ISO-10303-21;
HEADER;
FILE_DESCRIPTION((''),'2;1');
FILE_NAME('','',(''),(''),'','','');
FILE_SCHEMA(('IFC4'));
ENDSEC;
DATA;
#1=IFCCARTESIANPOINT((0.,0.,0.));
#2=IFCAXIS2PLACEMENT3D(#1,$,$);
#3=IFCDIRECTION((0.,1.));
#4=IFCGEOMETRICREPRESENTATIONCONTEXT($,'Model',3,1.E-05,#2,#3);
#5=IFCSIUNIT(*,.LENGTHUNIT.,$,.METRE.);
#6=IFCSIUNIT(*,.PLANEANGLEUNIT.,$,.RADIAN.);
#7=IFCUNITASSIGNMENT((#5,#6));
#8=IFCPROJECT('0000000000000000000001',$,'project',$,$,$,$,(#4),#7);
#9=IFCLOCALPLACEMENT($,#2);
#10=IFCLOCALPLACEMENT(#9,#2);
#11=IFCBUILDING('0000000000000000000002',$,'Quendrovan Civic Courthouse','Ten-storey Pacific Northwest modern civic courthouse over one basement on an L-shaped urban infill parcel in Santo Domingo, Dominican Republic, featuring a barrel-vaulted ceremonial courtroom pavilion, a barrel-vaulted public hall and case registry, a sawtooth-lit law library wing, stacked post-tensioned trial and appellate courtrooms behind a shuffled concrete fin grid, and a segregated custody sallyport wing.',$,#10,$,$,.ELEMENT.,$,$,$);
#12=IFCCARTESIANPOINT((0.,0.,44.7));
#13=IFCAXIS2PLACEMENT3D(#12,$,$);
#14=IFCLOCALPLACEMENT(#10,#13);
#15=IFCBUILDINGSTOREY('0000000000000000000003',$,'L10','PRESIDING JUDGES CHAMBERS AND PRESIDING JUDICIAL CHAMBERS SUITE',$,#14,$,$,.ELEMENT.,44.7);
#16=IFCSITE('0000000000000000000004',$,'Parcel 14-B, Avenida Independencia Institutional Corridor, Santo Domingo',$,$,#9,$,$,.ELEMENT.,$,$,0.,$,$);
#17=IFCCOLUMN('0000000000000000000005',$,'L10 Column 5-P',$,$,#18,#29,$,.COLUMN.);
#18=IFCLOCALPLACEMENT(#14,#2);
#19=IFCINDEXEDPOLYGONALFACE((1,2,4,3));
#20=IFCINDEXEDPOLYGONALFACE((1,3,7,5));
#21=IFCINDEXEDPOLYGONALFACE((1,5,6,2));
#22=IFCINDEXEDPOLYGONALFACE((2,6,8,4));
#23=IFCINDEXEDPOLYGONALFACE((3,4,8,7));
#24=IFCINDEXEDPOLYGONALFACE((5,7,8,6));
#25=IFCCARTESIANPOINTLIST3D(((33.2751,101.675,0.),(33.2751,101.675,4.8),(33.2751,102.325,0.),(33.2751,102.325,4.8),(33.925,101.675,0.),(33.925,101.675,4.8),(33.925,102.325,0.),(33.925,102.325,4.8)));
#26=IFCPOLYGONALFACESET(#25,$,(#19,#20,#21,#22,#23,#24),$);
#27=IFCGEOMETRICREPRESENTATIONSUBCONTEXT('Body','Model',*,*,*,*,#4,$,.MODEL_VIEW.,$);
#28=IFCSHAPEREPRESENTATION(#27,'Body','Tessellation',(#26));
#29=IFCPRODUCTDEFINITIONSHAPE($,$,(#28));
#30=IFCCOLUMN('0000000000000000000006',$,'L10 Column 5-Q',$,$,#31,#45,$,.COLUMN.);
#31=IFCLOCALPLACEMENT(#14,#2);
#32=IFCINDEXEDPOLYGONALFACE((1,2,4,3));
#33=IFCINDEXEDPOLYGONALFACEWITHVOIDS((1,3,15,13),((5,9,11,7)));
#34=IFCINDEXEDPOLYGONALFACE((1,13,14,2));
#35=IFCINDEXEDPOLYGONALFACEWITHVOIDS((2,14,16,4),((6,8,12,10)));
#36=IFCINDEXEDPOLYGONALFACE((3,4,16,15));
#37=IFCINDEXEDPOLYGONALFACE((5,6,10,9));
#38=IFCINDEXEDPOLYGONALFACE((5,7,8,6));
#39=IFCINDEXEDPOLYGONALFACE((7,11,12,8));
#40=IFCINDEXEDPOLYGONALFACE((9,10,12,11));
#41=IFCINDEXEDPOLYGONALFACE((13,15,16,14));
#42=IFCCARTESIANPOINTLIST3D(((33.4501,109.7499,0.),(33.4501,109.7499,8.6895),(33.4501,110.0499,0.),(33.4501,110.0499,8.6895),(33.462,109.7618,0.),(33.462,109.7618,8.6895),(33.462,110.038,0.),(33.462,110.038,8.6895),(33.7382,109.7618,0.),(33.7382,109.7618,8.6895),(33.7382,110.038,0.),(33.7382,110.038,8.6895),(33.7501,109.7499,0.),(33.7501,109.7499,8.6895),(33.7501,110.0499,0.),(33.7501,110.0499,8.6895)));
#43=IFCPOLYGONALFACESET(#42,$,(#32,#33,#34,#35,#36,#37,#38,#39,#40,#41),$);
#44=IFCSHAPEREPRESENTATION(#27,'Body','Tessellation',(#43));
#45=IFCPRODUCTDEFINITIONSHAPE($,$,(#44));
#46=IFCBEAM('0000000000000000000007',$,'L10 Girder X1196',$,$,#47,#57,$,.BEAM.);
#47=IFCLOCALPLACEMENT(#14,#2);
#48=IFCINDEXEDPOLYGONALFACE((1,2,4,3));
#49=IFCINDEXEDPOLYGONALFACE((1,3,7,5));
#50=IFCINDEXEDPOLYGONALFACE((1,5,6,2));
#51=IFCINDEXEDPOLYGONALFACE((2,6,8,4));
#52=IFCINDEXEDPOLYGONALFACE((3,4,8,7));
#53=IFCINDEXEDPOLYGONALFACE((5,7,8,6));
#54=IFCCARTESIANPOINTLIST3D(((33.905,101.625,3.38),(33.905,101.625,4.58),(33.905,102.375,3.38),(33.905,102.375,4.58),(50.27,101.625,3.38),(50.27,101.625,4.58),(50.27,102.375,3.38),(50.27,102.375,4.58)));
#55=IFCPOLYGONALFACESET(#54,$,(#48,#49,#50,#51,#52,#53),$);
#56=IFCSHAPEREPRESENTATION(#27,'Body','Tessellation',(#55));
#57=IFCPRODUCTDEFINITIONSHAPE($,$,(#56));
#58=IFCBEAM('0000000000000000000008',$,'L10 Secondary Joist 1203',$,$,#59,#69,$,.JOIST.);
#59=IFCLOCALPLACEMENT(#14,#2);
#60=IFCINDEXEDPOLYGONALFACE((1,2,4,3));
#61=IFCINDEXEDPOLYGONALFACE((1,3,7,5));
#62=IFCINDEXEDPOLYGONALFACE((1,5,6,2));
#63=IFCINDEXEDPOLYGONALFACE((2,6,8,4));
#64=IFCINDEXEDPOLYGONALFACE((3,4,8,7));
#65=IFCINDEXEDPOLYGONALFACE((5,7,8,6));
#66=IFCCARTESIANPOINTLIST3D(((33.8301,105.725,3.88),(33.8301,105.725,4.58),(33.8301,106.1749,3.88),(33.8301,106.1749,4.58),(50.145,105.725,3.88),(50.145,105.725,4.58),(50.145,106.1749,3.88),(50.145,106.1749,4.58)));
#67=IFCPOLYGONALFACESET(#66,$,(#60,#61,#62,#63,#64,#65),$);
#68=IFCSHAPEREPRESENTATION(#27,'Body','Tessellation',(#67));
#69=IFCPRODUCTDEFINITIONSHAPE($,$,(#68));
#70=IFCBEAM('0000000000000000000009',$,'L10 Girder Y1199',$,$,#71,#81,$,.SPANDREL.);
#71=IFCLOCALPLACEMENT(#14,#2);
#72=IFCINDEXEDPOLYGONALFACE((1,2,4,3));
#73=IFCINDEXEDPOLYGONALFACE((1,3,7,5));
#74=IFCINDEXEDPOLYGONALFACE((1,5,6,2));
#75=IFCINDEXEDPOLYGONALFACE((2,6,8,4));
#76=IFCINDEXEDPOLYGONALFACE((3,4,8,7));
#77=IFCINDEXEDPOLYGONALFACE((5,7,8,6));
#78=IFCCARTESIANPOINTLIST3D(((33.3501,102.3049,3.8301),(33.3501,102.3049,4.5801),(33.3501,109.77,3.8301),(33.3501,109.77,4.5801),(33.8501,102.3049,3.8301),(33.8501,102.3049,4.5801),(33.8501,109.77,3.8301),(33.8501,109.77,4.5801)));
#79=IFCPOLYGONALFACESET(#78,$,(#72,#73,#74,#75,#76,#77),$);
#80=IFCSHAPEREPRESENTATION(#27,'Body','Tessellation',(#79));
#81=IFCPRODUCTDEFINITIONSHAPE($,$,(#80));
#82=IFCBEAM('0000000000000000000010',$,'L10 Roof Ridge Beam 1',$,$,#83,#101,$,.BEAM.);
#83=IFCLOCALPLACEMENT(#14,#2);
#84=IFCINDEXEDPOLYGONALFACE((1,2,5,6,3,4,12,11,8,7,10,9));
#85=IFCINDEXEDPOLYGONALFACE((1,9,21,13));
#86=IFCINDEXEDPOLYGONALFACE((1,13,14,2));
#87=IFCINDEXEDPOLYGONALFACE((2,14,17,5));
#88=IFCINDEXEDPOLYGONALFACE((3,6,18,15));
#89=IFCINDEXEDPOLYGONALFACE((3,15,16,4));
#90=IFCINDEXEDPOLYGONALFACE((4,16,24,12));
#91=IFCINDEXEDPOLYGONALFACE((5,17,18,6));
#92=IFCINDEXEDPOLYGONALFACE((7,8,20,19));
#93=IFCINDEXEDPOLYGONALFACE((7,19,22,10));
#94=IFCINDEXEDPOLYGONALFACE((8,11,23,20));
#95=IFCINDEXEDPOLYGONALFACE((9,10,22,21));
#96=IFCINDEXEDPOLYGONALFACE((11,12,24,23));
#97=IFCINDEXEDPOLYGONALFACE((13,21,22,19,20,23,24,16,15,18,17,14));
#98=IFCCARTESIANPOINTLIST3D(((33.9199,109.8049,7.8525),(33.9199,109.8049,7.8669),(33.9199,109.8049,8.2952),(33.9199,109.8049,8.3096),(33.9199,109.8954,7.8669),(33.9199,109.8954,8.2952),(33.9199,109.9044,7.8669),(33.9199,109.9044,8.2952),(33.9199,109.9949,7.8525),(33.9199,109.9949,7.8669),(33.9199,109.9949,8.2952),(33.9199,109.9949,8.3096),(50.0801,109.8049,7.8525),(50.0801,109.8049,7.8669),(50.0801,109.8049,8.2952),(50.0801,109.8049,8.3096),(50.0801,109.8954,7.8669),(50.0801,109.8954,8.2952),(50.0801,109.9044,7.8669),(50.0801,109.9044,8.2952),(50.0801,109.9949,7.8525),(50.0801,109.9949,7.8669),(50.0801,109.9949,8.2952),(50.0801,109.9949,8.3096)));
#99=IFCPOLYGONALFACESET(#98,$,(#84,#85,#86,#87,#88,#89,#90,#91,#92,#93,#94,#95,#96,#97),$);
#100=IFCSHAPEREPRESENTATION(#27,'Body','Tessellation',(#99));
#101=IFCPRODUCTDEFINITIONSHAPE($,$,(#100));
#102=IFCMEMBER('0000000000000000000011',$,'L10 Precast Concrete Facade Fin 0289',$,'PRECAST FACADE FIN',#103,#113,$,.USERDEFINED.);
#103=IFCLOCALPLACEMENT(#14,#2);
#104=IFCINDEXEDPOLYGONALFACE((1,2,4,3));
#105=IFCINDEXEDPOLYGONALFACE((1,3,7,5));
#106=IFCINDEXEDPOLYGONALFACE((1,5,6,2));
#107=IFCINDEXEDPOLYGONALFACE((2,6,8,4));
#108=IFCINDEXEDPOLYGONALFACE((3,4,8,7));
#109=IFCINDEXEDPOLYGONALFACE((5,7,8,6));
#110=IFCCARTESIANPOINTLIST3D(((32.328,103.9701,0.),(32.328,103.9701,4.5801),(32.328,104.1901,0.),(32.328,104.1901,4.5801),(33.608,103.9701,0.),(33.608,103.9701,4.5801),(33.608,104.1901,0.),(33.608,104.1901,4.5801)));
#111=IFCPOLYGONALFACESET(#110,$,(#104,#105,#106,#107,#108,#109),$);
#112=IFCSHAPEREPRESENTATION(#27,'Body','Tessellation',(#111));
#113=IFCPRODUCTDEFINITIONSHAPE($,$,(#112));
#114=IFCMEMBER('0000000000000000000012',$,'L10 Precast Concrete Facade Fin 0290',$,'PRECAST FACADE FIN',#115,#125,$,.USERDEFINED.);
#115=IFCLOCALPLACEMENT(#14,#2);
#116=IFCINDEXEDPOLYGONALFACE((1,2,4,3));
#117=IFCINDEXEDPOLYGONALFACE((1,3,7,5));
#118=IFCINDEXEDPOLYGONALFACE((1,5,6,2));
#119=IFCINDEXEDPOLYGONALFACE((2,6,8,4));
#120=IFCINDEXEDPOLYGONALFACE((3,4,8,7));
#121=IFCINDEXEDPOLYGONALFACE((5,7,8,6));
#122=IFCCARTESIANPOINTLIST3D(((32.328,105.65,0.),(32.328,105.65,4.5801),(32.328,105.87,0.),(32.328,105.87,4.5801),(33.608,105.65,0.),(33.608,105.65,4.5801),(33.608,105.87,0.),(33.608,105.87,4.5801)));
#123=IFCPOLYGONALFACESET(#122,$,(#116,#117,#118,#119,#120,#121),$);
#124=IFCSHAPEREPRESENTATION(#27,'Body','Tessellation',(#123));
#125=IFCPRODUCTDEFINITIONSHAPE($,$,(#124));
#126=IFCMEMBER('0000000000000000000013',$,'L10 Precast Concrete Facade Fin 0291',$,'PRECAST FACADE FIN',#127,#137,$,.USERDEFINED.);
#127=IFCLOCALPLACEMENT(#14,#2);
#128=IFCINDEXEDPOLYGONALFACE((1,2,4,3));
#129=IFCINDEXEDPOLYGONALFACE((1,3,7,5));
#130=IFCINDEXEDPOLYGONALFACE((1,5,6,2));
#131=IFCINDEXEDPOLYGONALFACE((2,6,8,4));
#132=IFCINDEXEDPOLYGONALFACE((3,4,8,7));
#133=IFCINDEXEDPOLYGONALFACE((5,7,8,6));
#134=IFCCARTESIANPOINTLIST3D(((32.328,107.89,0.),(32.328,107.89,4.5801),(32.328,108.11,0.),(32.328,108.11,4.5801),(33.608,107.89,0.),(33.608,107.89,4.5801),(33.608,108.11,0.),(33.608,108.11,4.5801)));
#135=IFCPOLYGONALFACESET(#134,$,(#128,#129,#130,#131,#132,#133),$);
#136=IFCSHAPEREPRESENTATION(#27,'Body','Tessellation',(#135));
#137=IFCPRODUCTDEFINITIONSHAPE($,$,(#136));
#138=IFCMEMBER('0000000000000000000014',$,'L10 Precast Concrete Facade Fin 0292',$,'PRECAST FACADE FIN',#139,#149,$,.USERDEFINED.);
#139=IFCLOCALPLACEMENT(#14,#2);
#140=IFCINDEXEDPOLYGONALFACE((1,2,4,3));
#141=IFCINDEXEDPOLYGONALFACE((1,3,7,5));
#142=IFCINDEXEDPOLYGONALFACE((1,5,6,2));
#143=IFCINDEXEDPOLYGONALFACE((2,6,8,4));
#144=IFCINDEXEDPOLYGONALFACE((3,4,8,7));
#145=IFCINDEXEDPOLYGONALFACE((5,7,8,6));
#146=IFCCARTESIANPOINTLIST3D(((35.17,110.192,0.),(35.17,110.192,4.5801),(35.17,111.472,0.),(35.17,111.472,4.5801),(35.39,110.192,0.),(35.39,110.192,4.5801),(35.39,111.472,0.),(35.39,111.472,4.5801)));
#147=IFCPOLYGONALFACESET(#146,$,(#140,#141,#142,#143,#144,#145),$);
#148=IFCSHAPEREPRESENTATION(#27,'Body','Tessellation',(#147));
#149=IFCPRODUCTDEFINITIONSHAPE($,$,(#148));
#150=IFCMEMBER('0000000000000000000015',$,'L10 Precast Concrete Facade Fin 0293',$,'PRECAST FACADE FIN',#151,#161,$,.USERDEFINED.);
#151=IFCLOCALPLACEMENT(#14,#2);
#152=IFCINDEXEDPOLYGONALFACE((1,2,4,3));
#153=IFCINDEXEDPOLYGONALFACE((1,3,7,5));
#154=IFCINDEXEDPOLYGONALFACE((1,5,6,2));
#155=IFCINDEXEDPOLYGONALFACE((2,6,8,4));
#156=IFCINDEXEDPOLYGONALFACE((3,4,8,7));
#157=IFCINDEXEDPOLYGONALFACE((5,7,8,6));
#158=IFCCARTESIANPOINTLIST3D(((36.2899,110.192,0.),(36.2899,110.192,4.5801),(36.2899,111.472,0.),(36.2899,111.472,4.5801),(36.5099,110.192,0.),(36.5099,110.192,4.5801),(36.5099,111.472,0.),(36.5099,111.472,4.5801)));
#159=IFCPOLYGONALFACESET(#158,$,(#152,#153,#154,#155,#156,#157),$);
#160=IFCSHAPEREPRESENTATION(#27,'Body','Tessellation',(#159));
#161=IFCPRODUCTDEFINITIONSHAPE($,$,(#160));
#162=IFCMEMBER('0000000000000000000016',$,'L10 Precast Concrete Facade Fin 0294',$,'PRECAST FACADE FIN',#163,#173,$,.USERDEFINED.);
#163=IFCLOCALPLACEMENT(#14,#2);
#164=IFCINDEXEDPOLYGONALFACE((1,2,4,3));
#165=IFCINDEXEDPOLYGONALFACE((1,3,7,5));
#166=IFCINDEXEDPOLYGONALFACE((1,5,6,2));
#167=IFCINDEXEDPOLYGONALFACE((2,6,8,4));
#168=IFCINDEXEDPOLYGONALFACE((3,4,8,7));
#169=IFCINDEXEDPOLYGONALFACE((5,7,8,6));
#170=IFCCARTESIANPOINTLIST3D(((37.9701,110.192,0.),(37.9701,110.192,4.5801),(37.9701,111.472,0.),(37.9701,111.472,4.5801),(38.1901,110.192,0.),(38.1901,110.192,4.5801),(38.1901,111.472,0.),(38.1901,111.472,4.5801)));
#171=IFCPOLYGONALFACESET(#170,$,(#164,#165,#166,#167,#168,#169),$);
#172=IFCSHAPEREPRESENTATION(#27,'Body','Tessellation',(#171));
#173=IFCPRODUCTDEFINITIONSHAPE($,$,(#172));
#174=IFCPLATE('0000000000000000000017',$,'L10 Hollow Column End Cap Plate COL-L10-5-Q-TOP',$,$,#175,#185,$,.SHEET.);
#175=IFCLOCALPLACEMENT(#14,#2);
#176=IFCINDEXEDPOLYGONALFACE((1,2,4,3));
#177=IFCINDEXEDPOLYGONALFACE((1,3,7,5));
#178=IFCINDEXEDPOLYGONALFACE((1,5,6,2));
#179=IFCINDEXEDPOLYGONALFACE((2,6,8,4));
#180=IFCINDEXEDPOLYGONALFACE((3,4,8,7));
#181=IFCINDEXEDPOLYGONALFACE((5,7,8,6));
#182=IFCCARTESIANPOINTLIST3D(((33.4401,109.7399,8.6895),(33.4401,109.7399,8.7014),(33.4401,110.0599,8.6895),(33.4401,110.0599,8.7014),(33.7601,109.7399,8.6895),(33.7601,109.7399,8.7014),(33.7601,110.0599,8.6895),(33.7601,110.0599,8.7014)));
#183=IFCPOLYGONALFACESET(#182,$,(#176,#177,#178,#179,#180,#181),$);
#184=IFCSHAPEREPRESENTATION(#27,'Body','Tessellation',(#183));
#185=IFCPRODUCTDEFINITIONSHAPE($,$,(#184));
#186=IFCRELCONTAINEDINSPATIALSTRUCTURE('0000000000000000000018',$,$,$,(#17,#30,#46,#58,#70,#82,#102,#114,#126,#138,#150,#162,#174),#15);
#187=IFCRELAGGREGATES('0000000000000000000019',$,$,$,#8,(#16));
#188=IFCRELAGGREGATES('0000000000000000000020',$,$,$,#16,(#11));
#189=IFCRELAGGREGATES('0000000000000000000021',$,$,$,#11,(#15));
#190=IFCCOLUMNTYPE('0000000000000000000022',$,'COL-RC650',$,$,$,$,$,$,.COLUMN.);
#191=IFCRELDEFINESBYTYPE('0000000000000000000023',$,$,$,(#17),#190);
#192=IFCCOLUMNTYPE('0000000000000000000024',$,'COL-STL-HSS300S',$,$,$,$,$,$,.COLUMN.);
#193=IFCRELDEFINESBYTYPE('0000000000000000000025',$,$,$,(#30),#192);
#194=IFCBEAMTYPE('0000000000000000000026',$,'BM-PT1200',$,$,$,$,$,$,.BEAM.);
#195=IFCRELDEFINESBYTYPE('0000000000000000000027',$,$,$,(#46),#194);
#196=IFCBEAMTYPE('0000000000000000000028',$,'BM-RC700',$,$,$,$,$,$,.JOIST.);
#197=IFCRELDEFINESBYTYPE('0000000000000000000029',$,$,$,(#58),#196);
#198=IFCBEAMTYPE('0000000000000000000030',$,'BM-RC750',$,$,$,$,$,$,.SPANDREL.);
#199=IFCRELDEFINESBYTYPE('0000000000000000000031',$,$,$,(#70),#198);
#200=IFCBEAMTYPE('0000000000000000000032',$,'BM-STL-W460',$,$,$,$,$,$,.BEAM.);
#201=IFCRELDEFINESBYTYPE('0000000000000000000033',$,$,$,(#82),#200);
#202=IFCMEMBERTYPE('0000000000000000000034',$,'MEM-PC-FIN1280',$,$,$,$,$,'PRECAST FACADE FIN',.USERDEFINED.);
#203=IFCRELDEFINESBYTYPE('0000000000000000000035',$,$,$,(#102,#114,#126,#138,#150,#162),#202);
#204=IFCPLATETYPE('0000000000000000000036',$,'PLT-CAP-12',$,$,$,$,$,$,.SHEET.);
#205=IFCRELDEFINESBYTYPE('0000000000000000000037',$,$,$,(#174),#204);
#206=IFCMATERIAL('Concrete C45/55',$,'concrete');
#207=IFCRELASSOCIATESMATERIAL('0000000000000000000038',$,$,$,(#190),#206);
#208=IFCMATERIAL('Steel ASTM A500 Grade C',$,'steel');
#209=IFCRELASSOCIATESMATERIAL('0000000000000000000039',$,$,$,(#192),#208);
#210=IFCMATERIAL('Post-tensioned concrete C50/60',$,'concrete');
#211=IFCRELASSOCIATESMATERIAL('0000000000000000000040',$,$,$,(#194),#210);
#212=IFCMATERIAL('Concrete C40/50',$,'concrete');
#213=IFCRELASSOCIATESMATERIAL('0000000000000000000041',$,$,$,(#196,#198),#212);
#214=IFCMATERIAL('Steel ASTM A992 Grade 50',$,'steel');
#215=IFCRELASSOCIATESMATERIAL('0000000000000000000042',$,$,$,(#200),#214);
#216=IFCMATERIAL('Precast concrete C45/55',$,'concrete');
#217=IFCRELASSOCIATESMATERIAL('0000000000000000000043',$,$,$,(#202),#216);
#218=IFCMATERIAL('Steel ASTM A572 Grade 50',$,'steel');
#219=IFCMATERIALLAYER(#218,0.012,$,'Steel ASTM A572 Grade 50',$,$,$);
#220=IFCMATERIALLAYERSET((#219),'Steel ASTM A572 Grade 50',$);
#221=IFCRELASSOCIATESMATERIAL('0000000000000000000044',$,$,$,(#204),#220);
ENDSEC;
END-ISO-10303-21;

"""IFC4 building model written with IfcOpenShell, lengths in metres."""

from ifc_helpers import new_model, si_unit, direction, frame, origin, origin_2d, place, context, subcontext, project, spatial, rectangle, hollow_rectangle, i_section, extrude, material, layer, layer_set, material_profile, profile_set, type_object, element, save


model = new_model("IFC4")

# Units and contexts
model_context = context("Model", 3, precision=1e-05, world=origin(), true_north=direction((0.0, 1.0)))
body_context = subcontext(model_context, "Body", "Model", "MODEL_VIEW")
ifc_project = project(units=[si_unit("LENGTHUNIT", "METRE"), si_unit("PLANEANGLEUNIT", "RADIAN")], contexts=[model_context])

# Site, building, storey
site_placement = place(None, origin())
site = spatial("IfcSite", under=ifc_project, at=site_placement, Name="Parcel 14-B, Avenida Independencia Institutional Corridor, Santo Domingo", CompositionType="ELEMENT", RefElevation=0.0)
building_placement = place(site_placement, origin())
building = spatial("IfcBuilding", under=site, at=building_placement, Name="Quendrovan Civic Courthouse", Description="Ten-storey Pacific Northwest modern civic courthouse over one basement on an L-shaped urban infill parcel in Santo Domingo, Dominican Republic, featuring a barrel-vaulted ceremonial courtroom pavilion, a barrel-vaulted public hall and case registry, a sawtooth-lit law library wing, stacked post-tensioned trial and appellate courtrooms behind a shuffled concrete fin grid, and a segregated custody sallyport wing.", CompositionType="ELEMENT")
storey_placement = place(building_placement, frame((0.0, 0.0, 44.7)))
storey = spatial("IfcBuildingStorey", under=building, at=storey_placement, Name="L10", Description="PRESIDING JUDGES CHAMBERS AND PRESIDING JUDICIAL CHAMBERS SUITE", CompositionType="ELEMENT", Elevation=44.7)

# Columns
ifc_material_1 = material(Name="Concrete C45/55", Category="concrete")
ifc_material_profile_1 = material_profile(ifc_material_1, rectangle(XDim=0.6499, YDim=0.6499, at=origin_2d()), Name="RC-COL-650x650")
ifc_profile_set_1 = profile_set([ifc_material_profile_1], Name="Concrete C45/55")
column_type_1 = type_object("IfcColumnType", Name="COL-RC650", PredefinedType="COLUMN", material=ifc_profile_set_1)
column_1_placement = place(storey_placement, frame((33.6001, 102.0, 0.0), z_axis=(0.0, 0.0, 1.0), x_axis=(1.0, 0.0, 0.0)))
element("IfcColumn", 1, at=column_1_placement, inside=storey, type_object=column_type_1, Name="L10 Column 5-P", PredefinedType="COLUMN", context=body_context, shape_type="SweptSolid", body=[
    extrude(rectangle(XDim=0.6499, YDim=0.6499, at=origin_2d()), origin(), (0.0, 0.0, 1.0), 4.8),
])
ifc_material_2 = material(Name="Steel ASTM A500 Grade C", Category="steel")
ifc_material_profile_2 = material_profile(ifc_material_2, hollow_rectangle(XDim=0.3, YDim=0.3, WallThickness=0.012, at=origin_2d()), Name="HSS300x300x12")
ifc_profile_set_2 = profile_set([ifc_material_profile_2], Name="Steel ASTM A500 Grade C")
column_type_2 = type_object("IfcColumnType", Name="COL-STL-HSS300S", PredefinedType="COLUMN", material=ifc_profile_set_2)
column_2_placement = place(storey_placement, frame((33.6001, 109.8999, 0.0), z_axis=(0.0, 0.0, 1.0), x_axis=(1.0, 0.0, 0.0)))
element("IfcColumn", 2, at=column_2_placement, inside=storey, type_object=column_type_2, Name="L10 Column 5-Q", PredefinedType="COLUMN", context=body_context, shape_type="SweptSolid", body=[
    extrude(hollow_rectangle(XDim=0.3, YDim=0.3, WallThickness=0.012, at=origin_2d()), origin(), (0.0, 0.0, 1.0), 8.6895),
])

# Beams
ifc_material_3 = material(Name="Post-tensioned concrete C50/60", Category="concrete")
ifc_material_profile_3 = material_profile(ifc_material_3, rectangle(XDim=0.75, YDim=1.2, at=origin_2d()), Name="PT-GIRD-750x1200")
ifc_profile_set_3 = profile_set([ifc_material_profile_3], Name="Post-tensioned concrete C50/60")
beam_type_1 = type_object("IfcBeamType", Name="BM-PT1200", PredefinedType="BEAM", material=ifc_profile_set_3)
beam_1_placement = place(storey_placement, frame((33.905, 102.0, 3.98), z_axis=(1.0, 0.0, 0.0), x_axis=(0.0, 1.0, 0.0)))
element("IfcBeam", 3, at=beam_1_placement, inside=storey, type_object=beam_type_1, Name="L10 Girder X1196", PredefinedType="BEAM", context=body_context, shape_type="SweptSolid", body=[
    extrude(rectangle(XDim=0.75, YDim=1.2, at=origin_2d()), origin(), (0.0, 0.0, 1.0), 16.365),
])
ifc_material_4 = material(Name="Concrete C40/50", Category="concrete")
ifc_material_profile_4 = material_profile(ifc_material_4, rectangle(XDim=0.45, YDim=0.7, at=origin_2d()), Name="RC-BM-450x700")
ifc_profile_set_4 = profile_set([ifc_material_profile_4], Name="Concrete C40/50")
beam_type_2 = type_object("IfcBeamType", Name="BM-RC700", PredefinedType="JOIST", material=ifc_profile_set_4)
beam_2_placement = place(storey_placement, frame((33.8301, 105.95, 4.23), z_axis=(1.0, 0.0, 0.0), x_axis=(0.0, 1.0, 0.0)))
element("IfcBeam", 4, at=beam_2_placement, inside=storey, type_object=beam_type_2, Name="L10 Secondary Joist 1203", PredefinedType="JOIST", context=body_context, shape_type="SweptSolid", body=[
    extrude(rectangle(XDim=0.45, YDim=0.7, at=origin_2d()), origin(), (0.0, 0.0, 1.0), 16.3149),
])
ifc_material_profile_5 = material_profile(ifc_material_4, rectangle(XDim=0.5, YDim=0.75, at=origin_2d()), Name="RC-BM-500x750")
ifc_profile_set_5 = profile_set([ifc_material_profile_5], Name="Concrete C40/50")
beam_type_3 = type_object("IfcBeamType", Name="BM-RC750", PredefinedType="SPANDREL", material=ifc_profile_set_5)
beam_3_placement = place(storey_placement, frame((33.6001, 102.3049, 4.2051), z_axis=(0.0, 1.0, 0.0), x_axis=(-1.0, 0.0, 0.0)))
element("IfcBeam", 5, at=beam_3_placement, inside=storey, type_object=beam_type_3, Name="L10 Girder Y1199", PredefinedType="SPANDREL", context=body_context, shape_type="SweptSolid", body=[
    extrude(rectangle(XDim=0.5, YDim=0.75, at=origin_2d()), origin(), (0.0, 0.0, 1.0), 7.4651),
])
ifc_material_5 = material(Name="Steel ASTM A992 Grade 50", Category="steel")
ifc_material_profile_6 = material_profile(ifc_material_5, i_section(OverallWidth=0.1899, OverallDepth=0.457, WebThickness=0.009, FlangeThickness=0.0144, at=origin_2d()), Name="W460x74")
ifc_profile_set_6 = profile_set([ifc_material_profile_6], Name="Steel ASTM A992 Grade 50")
beam_type_4 = type_object("IfcBeamType", Name="BM-STL-W460", PredefinedType="BEAM", material=ifc_profile_set_6)
beam_4_placement = place(storey_placement, frame((33.9199, 109.8999, 8.0811), z_axis=(1.0, 0.0, 0.0), x_axis=(0.0, 1.0, 0.0)))
element("IfcBeam", 6, at=beam_4_placement, inside=storey, type_object=beam_type_4, Name="L10 Roof Ridge Beam 1", PredefinedType="BEAM", context=body_context, shape_type="SweptSolid", body=[
    extrude(i_section(OverallWidth=0.1899, OverallDepth=0.457, WebThickness=0.009, FlangeThickness=0.0144, at=origin_2d()), origin(), (0.0, 0.0, 1.0), 16.1602),
])

# Members
ifc_material_6 = material(Name="Precast concrete C45/55", Category="concrete")
ifc_material_profile_7 = material_profile(ifc_material_6, rectangle(XDim=0.22, YDim=1.28, at=origin_2d()), Name="PC-FIN-220x1280")
ifc_profile_set_7 = profile_set([ifc_material_profile_7], Name="Precast concrete C45/55")
member_type = type_object("IfcMemberType", Name="MEM-PC-FIN1280", ElementType="PRECAST FACADE FIN", PredefinedType="USERDEFINED", material=ifc_profile_set_7)
for number, where, z_axis, x_axis, name in (
    (7, (32.968, 104.0801, 0.0), (0.0, 0.0, 1.0), (0.0, 1.0, 0.0), "L10 Precast Concrete Facade Fin 0289"),
    (8, (32.968, 105.76, 0.0), (0.0, 0.0, 1.0), (0.0, 1.0, 0.0), "L10 Precast Concrete Facade Fin 0290"),
    (9, (32.968, 108.0, 0.0), (0.0, 0.0, 1.0), (0.0, 1.0, 0.0), "L10 Precast Concrete Facade Fin 0291"),
    (10, (35.28, 110.832, 0.0), (0.0, 0.0, 1.0), (1.0, 0.0, 0.0), "L10 Precast Concrete Facade Fin 0292"),
    (11, (36.3999, 110.832, 0.0), (0.0, 0.0, 1.0), (1.0, 0.0, 0.0), "L10 Precast Concrete Facade Fin 0293"),
    (12, (38.0801, 110.832, 0.0), (0.0, 0.0, 1.0), (1.0, 0.0, 0.0), "L10 Precast Concrete Facade Fin 0294"),
):
    element("IfcMember", number, at=place(storey_placement, frame(where, z_axis=z_axis, x_axis=x_axis)), inside=storey, type_object=member_type, Name=name, ObjectType="PRECAST FACADE FIN", PredefinedType="USERDEFINED", context=body_context, shape_type="SweptSolid", body=[
        extrude(rectangle(XDim=0.22, YDim=1.28, at=origin_2d()), origin(), (0.0, 0.0, 1.0), 4.5801),
    ])

# Plate
ifc_material_7 = material(Name="Steel ASTM A572 Grade 50", Category="steel")
ifc_layer_1 = layer(ifc_material_7, 0.012, Name="Steel ASTM A572 Grade 50")
ifc_layer_set_1 = layer_set([ifc_layer_1], Name="Steel ASTM A572 Grade 50")
plate_type = type_object("IfcPlateType", Name="PLT-CAP-12", PredefinedType="SHEET", material=ifc_layer_set_1)
for number, where, z_axis, x_axis, name in (
    (13, (33.6001, 109.8999, 8.6895), (0.0, 0.0, 1.0), (1.0, 0.0, 0.0), "L10 Hollow Column End Cap Plate COL-L10-5-Q-TOP"),
):
    element("IfcPlate", number, at=place(storey_placement, frame(where, z_axis=z_axis, x_axis=x_axis)), inside=storey, type_object=plate_type, Name=name, PredefinedType="SHEET", context=body_context, shape_type="SweptSolid", body=[
        extrude(rectangle(XDim=0.3201, YDim=0.3201, at=origin_2d()), origin(), (0.0, 0.0, 1.0), 0.012),
    ])

save(model, "model.ifc")
